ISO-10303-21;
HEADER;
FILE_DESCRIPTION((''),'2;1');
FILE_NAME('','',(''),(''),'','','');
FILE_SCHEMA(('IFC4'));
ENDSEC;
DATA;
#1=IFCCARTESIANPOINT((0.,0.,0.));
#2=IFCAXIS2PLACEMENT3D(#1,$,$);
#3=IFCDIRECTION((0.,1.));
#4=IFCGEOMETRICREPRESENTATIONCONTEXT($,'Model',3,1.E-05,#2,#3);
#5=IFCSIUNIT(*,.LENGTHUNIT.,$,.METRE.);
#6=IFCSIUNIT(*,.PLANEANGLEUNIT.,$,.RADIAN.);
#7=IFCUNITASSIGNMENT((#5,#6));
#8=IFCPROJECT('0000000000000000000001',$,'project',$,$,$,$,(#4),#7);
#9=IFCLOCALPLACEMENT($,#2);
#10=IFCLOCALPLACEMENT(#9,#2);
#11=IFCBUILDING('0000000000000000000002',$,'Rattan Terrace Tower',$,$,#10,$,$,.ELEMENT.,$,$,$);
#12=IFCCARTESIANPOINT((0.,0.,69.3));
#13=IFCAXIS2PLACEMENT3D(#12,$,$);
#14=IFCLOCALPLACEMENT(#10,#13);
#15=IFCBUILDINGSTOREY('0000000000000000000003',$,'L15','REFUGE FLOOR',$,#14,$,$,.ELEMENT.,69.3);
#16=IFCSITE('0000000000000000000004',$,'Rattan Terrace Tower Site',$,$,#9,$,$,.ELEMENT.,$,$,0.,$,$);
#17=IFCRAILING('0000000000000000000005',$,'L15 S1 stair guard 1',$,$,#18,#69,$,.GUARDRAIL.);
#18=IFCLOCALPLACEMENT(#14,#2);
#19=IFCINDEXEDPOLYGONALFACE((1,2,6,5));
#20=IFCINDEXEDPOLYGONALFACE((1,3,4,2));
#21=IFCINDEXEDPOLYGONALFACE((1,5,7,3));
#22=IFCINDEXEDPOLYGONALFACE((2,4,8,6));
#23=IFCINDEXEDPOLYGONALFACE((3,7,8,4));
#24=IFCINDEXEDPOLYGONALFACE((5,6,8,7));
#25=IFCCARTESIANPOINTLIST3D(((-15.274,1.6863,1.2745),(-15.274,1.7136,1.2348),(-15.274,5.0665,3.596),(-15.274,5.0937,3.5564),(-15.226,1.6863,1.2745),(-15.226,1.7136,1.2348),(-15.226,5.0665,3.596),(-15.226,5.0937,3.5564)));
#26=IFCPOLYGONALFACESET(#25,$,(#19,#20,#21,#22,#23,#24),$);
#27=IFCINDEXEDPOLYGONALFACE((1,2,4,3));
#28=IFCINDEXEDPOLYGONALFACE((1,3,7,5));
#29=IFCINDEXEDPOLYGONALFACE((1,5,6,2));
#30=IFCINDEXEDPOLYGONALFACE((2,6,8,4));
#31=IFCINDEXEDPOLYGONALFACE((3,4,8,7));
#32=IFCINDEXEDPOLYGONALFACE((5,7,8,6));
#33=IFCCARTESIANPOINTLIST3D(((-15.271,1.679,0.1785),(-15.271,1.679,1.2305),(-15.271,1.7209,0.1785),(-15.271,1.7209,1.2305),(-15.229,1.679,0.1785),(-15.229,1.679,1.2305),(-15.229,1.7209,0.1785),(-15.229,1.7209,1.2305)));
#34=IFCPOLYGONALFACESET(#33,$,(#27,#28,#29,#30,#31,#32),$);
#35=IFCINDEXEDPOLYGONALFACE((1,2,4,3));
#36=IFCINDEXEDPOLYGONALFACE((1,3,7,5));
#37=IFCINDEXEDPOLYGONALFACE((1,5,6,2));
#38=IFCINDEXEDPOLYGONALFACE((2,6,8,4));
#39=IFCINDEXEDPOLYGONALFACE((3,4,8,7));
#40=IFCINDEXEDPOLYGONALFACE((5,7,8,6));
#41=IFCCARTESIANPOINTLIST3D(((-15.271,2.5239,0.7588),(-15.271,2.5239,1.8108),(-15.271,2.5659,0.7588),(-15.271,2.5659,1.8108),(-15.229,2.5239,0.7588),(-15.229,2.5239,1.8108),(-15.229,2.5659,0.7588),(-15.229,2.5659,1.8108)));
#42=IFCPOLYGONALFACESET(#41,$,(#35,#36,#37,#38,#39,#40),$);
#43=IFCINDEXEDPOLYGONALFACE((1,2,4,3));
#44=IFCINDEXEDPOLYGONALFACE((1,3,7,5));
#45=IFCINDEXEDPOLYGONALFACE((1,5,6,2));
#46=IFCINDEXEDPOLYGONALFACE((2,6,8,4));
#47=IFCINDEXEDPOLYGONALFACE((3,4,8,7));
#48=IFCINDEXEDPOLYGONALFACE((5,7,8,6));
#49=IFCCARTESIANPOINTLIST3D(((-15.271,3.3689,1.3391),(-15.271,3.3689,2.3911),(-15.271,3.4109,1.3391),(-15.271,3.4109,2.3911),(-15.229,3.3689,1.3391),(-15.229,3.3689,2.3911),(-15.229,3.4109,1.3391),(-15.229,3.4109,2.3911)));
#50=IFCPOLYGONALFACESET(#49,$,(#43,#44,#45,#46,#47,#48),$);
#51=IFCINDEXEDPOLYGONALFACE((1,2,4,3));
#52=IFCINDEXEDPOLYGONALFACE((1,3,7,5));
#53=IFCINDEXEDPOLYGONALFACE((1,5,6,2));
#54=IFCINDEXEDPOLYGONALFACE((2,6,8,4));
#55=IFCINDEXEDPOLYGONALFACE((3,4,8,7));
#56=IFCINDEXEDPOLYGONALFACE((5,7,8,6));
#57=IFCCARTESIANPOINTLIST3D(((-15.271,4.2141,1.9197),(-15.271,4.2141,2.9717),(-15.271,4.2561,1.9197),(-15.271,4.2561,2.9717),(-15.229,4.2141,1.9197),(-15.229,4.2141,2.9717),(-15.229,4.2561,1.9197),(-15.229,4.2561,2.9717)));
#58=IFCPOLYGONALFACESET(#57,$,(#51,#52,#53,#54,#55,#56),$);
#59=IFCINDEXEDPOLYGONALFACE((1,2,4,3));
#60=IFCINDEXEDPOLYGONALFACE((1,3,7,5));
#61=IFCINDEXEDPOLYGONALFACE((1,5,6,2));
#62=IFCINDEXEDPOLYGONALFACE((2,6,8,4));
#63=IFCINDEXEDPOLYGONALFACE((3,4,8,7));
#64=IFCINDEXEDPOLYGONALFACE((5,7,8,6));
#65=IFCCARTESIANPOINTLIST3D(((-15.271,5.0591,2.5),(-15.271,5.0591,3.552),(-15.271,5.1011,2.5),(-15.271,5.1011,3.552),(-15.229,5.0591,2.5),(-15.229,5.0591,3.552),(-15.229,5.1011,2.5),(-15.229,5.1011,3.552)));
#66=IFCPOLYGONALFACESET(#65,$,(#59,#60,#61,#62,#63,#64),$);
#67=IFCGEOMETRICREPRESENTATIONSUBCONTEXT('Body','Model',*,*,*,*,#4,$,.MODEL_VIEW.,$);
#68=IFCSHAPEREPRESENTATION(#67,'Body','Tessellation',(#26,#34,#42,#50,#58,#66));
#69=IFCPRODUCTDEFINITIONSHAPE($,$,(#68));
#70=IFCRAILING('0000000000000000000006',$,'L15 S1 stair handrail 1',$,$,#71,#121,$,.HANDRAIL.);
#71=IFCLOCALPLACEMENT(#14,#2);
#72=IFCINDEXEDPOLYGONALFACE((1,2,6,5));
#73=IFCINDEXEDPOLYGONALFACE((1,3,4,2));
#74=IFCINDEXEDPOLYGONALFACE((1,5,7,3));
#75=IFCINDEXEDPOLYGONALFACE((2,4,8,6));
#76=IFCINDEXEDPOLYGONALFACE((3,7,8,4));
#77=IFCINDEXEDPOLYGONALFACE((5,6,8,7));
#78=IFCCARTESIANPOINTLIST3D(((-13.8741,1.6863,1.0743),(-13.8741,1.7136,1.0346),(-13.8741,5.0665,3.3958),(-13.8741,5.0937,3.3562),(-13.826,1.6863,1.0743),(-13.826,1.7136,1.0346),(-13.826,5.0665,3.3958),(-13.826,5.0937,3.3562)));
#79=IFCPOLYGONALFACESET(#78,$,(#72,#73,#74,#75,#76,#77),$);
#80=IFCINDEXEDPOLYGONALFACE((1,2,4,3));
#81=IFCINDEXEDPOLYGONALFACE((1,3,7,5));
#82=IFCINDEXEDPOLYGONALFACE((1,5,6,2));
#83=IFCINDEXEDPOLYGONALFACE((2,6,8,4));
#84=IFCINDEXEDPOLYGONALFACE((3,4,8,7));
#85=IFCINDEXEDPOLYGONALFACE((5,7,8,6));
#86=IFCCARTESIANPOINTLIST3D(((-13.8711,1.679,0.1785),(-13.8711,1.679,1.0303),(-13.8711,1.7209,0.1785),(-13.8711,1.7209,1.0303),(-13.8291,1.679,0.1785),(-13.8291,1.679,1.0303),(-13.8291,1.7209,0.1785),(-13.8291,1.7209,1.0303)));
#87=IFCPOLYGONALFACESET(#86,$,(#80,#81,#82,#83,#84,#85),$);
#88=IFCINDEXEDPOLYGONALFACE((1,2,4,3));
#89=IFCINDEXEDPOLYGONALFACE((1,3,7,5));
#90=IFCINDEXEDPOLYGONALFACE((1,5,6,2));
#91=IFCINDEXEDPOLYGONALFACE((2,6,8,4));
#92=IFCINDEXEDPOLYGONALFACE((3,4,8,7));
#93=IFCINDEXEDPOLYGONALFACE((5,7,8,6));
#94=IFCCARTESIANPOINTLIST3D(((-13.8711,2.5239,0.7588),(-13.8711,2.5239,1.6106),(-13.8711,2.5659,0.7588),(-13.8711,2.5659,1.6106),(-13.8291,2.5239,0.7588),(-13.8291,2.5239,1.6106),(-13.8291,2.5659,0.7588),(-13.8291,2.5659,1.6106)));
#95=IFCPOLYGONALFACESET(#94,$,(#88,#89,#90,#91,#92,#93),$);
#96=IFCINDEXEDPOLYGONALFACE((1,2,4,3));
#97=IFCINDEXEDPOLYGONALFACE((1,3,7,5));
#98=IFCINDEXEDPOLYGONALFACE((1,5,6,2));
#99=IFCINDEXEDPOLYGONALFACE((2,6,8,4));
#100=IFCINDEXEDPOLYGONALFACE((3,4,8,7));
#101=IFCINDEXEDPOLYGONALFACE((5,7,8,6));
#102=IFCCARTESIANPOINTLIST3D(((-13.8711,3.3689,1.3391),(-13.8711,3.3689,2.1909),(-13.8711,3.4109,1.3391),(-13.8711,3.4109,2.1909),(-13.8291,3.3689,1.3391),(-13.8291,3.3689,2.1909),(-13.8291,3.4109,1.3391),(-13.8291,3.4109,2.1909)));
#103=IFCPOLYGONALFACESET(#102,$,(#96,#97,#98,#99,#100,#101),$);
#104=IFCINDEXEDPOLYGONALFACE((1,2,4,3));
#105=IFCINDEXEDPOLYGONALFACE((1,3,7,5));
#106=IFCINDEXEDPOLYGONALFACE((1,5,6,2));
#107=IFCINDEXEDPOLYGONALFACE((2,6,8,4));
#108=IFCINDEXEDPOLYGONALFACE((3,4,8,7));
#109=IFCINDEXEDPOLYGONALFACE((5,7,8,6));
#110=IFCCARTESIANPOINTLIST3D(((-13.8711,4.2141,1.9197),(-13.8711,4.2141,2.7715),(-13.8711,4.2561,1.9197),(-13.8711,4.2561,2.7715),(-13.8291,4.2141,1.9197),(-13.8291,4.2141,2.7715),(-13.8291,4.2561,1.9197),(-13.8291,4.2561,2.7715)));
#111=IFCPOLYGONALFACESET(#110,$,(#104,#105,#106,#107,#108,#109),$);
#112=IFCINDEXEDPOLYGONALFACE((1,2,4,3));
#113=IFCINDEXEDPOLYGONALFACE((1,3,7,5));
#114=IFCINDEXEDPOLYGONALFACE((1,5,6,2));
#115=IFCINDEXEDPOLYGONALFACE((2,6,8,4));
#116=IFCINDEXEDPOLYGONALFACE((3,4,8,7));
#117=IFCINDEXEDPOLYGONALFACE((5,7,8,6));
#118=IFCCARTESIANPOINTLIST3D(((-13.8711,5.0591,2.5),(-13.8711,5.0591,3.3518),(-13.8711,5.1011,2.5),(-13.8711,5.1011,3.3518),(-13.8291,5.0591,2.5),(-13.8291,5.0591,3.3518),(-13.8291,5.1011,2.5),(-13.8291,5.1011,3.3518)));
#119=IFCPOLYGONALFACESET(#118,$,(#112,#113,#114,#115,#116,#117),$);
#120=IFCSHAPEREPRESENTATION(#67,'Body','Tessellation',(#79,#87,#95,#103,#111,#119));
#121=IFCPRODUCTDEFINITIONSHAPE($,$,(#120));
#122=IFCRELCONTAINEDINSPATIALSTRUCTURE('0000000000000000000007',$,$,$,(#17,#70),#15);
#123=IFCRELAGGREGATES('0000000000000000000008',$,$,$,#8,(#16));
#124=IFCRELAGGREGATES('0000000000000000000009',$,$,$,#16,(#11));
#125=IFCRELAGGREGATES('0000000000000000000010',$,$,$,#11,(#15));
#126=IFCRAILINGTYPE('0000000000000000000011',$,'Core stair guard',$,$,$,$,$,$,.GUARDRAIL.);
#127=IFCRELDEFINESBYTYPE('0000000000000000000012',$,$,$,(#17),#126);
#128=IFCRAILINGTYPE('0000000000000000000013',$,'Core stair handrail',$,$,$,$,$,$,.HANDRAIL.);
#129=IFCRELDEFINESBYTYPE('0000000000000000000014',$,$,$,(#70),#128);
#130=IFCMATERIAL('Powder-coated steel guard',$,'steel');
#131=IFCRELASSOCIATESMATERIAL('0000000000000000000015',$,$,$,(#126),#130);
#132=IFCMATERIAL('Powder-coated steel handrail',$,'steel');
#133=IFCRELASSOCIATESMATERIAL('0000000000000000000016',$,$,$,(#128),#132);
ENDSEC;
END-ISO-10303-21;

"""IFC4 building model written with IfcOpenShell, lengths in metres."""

from ifc_helpers import new_model, si_unit, direction, frame, origin, origin_2d, place, context, subcontext, project, spatial, rectangle, extrude, material, type_object, element, save


model = new_model("IFC4")

# Units and contexts
model_context = context("Model", 3, precision=1e-05, world=origin(), true_north=direction((0.0, 1.0)))
body_context = subcontext(model_context, "Body", "Model", "MODEL_VIEW")
ifc_project = project(units=[si_unit("LENGTHUNIT", "METRE"), si_unit("PLANEANGLEUNIT", "RADIAN")], contexts=[model_context])

# Site, building, storey
site_placement = place(None, origin())
site = spatial("IfcSite", under=ifc_project, at=site_placement, Name="Rattan Terrace Tower Site", CompositionType="ELEMENT", RefElevation=0.0)
building_placement = place(site_placement, origin())
building = spatial("IfcBuilding", under=site, at=building_placement, Name="Rattan Terrace Tower", CompositionType="ELEMENT")
storey_placement = place(building_placement, frame((0.0, 0.0, 69.3)))
storey = spatial("IfcBuildingStorey", under=building, at=storey_placement, Name="L15", Description="REFUGE FLOOR", CompositionType="ELEMENT", Elevation=69.3)

# Railings
ifc_material_1 = material(Name="Powder-coated steel guard", Category="steel")
railing_type_1 = type_object("IfcRailingType", Name="Core stair guard", PredefinedType="GUARDRAIL", material=ifc_material_1)
railing_1_placement = place(storey_placement, frame((-15.25, 1.7, 0.1785)))
element("IfcRailing", 1, at=railing_1_placement, inside=storey, type_object=railing_type_1, Name="L15 S1 stair guard 1", PredefinedType="GUARDRAIL", context=body_context, shape_type="SweptSolid", body=[
    extrude(rectangle(XDim=0.0481, YDim=0.0481, at=origin_2d()), frame((0.0, 0.0, 1.0762), z_axis=(0.0, 0.824304, 0.566147), x_axis=(-1.0, 0.0, 0.0)), (0.0, 0.0, 1.0), 4.1006),
    extrude(rectangle(XDim=0.042, YDim=0.042, at=origin_2d()), origin(), (0.0, 0.0, 1.0), 1.052),
    extrude(rectangle(XDim=0.042, YDim=0.042, at=origin_2d()), frame((0.0, 0.845, 0.5803)), (0.0, 0.0, 1.0), 1.052),
    extrude(rectangle(XDim=0.042, YDim=0.042, at=origin_2d()), frame((0.0, 1.6899, 1.1606)), (0.0, 0.0, 1.0), 1.052),
    extrude(rectangle(XDim=0.042, YDim=0.042, at=origin_2d()), frame((0.0, 2.5352, 1.7412)), (0.0, 0.0, 1.0), 1.052),
    extrude(rectangle(XDim=0.042, YDim=0.042, at=origin_2d()), frame((0.0, 3.3801, 2.3215)), (0.0, 0.0, 1.0), 1.052),
])
ifc_material_2 = material(Name="Powder-coated steel handrail", Category="steel")
railing_type_2 = type_object("IfcRailingType", Name="Core stair handrail", PredefinedType="HANDRAIL", material=ifc_material_2)
railing_2_placement = place(storey_placement, frame((-13.8501, 1.7, 0.1785)))
element("IfcRailing", 2, at=railing_2_placement, inside=storey, type_object=railing_type_2, Name="L15 S1 stair handrail 1", PredefinedType="HANDRAIL", context=body_context, shape_type="SweptSolid", body=[
    extrude(rectangle(XDim=0.0481, YDim=0.0481, at=origin_2d()), frame((0.0, 0.0, 0.876), z_axis=(0.0, 0.824304, 0.566147), x_axis=(-1.0, 0.0, 0.0)), (0.0, 0.0, 1.0), 4.1006),
    extrude(rectangle(XDim=0.042, YDim=0.042, at=origin_2d()), origin(), (0.0, 0.0, 1.0), 0.8518),
    extrude(rectangle(XDim=0.042, YDim=0.042, at=origin_2d()), frame((0.0, 0.845, 0.5803)), (0.0, 0.0, 1.0), 0.8518),
    extrude(rectangle(XDim=0.042, YDim=0.042, at=origin_2d()), frame((0.0, 1.6899, 1.1606)), (0.0, 0.0, 1.0), 0.8518),
    extrude(rectangle(XDim=0.042, YDim=0.042, at=origin_2d()), frame((0.0, 2.5352, 1.7412)), (0.0, 0.0, 1.0), 0.8518),
    extrude(rectangle(XDim=0.042, YDim=0.042, at=origin_2d()), frame((0.0, 3.3801, 2.3215)), (0.0, 0.0, 1.0), 0.8518),
])

save(model, "model.ifc")
